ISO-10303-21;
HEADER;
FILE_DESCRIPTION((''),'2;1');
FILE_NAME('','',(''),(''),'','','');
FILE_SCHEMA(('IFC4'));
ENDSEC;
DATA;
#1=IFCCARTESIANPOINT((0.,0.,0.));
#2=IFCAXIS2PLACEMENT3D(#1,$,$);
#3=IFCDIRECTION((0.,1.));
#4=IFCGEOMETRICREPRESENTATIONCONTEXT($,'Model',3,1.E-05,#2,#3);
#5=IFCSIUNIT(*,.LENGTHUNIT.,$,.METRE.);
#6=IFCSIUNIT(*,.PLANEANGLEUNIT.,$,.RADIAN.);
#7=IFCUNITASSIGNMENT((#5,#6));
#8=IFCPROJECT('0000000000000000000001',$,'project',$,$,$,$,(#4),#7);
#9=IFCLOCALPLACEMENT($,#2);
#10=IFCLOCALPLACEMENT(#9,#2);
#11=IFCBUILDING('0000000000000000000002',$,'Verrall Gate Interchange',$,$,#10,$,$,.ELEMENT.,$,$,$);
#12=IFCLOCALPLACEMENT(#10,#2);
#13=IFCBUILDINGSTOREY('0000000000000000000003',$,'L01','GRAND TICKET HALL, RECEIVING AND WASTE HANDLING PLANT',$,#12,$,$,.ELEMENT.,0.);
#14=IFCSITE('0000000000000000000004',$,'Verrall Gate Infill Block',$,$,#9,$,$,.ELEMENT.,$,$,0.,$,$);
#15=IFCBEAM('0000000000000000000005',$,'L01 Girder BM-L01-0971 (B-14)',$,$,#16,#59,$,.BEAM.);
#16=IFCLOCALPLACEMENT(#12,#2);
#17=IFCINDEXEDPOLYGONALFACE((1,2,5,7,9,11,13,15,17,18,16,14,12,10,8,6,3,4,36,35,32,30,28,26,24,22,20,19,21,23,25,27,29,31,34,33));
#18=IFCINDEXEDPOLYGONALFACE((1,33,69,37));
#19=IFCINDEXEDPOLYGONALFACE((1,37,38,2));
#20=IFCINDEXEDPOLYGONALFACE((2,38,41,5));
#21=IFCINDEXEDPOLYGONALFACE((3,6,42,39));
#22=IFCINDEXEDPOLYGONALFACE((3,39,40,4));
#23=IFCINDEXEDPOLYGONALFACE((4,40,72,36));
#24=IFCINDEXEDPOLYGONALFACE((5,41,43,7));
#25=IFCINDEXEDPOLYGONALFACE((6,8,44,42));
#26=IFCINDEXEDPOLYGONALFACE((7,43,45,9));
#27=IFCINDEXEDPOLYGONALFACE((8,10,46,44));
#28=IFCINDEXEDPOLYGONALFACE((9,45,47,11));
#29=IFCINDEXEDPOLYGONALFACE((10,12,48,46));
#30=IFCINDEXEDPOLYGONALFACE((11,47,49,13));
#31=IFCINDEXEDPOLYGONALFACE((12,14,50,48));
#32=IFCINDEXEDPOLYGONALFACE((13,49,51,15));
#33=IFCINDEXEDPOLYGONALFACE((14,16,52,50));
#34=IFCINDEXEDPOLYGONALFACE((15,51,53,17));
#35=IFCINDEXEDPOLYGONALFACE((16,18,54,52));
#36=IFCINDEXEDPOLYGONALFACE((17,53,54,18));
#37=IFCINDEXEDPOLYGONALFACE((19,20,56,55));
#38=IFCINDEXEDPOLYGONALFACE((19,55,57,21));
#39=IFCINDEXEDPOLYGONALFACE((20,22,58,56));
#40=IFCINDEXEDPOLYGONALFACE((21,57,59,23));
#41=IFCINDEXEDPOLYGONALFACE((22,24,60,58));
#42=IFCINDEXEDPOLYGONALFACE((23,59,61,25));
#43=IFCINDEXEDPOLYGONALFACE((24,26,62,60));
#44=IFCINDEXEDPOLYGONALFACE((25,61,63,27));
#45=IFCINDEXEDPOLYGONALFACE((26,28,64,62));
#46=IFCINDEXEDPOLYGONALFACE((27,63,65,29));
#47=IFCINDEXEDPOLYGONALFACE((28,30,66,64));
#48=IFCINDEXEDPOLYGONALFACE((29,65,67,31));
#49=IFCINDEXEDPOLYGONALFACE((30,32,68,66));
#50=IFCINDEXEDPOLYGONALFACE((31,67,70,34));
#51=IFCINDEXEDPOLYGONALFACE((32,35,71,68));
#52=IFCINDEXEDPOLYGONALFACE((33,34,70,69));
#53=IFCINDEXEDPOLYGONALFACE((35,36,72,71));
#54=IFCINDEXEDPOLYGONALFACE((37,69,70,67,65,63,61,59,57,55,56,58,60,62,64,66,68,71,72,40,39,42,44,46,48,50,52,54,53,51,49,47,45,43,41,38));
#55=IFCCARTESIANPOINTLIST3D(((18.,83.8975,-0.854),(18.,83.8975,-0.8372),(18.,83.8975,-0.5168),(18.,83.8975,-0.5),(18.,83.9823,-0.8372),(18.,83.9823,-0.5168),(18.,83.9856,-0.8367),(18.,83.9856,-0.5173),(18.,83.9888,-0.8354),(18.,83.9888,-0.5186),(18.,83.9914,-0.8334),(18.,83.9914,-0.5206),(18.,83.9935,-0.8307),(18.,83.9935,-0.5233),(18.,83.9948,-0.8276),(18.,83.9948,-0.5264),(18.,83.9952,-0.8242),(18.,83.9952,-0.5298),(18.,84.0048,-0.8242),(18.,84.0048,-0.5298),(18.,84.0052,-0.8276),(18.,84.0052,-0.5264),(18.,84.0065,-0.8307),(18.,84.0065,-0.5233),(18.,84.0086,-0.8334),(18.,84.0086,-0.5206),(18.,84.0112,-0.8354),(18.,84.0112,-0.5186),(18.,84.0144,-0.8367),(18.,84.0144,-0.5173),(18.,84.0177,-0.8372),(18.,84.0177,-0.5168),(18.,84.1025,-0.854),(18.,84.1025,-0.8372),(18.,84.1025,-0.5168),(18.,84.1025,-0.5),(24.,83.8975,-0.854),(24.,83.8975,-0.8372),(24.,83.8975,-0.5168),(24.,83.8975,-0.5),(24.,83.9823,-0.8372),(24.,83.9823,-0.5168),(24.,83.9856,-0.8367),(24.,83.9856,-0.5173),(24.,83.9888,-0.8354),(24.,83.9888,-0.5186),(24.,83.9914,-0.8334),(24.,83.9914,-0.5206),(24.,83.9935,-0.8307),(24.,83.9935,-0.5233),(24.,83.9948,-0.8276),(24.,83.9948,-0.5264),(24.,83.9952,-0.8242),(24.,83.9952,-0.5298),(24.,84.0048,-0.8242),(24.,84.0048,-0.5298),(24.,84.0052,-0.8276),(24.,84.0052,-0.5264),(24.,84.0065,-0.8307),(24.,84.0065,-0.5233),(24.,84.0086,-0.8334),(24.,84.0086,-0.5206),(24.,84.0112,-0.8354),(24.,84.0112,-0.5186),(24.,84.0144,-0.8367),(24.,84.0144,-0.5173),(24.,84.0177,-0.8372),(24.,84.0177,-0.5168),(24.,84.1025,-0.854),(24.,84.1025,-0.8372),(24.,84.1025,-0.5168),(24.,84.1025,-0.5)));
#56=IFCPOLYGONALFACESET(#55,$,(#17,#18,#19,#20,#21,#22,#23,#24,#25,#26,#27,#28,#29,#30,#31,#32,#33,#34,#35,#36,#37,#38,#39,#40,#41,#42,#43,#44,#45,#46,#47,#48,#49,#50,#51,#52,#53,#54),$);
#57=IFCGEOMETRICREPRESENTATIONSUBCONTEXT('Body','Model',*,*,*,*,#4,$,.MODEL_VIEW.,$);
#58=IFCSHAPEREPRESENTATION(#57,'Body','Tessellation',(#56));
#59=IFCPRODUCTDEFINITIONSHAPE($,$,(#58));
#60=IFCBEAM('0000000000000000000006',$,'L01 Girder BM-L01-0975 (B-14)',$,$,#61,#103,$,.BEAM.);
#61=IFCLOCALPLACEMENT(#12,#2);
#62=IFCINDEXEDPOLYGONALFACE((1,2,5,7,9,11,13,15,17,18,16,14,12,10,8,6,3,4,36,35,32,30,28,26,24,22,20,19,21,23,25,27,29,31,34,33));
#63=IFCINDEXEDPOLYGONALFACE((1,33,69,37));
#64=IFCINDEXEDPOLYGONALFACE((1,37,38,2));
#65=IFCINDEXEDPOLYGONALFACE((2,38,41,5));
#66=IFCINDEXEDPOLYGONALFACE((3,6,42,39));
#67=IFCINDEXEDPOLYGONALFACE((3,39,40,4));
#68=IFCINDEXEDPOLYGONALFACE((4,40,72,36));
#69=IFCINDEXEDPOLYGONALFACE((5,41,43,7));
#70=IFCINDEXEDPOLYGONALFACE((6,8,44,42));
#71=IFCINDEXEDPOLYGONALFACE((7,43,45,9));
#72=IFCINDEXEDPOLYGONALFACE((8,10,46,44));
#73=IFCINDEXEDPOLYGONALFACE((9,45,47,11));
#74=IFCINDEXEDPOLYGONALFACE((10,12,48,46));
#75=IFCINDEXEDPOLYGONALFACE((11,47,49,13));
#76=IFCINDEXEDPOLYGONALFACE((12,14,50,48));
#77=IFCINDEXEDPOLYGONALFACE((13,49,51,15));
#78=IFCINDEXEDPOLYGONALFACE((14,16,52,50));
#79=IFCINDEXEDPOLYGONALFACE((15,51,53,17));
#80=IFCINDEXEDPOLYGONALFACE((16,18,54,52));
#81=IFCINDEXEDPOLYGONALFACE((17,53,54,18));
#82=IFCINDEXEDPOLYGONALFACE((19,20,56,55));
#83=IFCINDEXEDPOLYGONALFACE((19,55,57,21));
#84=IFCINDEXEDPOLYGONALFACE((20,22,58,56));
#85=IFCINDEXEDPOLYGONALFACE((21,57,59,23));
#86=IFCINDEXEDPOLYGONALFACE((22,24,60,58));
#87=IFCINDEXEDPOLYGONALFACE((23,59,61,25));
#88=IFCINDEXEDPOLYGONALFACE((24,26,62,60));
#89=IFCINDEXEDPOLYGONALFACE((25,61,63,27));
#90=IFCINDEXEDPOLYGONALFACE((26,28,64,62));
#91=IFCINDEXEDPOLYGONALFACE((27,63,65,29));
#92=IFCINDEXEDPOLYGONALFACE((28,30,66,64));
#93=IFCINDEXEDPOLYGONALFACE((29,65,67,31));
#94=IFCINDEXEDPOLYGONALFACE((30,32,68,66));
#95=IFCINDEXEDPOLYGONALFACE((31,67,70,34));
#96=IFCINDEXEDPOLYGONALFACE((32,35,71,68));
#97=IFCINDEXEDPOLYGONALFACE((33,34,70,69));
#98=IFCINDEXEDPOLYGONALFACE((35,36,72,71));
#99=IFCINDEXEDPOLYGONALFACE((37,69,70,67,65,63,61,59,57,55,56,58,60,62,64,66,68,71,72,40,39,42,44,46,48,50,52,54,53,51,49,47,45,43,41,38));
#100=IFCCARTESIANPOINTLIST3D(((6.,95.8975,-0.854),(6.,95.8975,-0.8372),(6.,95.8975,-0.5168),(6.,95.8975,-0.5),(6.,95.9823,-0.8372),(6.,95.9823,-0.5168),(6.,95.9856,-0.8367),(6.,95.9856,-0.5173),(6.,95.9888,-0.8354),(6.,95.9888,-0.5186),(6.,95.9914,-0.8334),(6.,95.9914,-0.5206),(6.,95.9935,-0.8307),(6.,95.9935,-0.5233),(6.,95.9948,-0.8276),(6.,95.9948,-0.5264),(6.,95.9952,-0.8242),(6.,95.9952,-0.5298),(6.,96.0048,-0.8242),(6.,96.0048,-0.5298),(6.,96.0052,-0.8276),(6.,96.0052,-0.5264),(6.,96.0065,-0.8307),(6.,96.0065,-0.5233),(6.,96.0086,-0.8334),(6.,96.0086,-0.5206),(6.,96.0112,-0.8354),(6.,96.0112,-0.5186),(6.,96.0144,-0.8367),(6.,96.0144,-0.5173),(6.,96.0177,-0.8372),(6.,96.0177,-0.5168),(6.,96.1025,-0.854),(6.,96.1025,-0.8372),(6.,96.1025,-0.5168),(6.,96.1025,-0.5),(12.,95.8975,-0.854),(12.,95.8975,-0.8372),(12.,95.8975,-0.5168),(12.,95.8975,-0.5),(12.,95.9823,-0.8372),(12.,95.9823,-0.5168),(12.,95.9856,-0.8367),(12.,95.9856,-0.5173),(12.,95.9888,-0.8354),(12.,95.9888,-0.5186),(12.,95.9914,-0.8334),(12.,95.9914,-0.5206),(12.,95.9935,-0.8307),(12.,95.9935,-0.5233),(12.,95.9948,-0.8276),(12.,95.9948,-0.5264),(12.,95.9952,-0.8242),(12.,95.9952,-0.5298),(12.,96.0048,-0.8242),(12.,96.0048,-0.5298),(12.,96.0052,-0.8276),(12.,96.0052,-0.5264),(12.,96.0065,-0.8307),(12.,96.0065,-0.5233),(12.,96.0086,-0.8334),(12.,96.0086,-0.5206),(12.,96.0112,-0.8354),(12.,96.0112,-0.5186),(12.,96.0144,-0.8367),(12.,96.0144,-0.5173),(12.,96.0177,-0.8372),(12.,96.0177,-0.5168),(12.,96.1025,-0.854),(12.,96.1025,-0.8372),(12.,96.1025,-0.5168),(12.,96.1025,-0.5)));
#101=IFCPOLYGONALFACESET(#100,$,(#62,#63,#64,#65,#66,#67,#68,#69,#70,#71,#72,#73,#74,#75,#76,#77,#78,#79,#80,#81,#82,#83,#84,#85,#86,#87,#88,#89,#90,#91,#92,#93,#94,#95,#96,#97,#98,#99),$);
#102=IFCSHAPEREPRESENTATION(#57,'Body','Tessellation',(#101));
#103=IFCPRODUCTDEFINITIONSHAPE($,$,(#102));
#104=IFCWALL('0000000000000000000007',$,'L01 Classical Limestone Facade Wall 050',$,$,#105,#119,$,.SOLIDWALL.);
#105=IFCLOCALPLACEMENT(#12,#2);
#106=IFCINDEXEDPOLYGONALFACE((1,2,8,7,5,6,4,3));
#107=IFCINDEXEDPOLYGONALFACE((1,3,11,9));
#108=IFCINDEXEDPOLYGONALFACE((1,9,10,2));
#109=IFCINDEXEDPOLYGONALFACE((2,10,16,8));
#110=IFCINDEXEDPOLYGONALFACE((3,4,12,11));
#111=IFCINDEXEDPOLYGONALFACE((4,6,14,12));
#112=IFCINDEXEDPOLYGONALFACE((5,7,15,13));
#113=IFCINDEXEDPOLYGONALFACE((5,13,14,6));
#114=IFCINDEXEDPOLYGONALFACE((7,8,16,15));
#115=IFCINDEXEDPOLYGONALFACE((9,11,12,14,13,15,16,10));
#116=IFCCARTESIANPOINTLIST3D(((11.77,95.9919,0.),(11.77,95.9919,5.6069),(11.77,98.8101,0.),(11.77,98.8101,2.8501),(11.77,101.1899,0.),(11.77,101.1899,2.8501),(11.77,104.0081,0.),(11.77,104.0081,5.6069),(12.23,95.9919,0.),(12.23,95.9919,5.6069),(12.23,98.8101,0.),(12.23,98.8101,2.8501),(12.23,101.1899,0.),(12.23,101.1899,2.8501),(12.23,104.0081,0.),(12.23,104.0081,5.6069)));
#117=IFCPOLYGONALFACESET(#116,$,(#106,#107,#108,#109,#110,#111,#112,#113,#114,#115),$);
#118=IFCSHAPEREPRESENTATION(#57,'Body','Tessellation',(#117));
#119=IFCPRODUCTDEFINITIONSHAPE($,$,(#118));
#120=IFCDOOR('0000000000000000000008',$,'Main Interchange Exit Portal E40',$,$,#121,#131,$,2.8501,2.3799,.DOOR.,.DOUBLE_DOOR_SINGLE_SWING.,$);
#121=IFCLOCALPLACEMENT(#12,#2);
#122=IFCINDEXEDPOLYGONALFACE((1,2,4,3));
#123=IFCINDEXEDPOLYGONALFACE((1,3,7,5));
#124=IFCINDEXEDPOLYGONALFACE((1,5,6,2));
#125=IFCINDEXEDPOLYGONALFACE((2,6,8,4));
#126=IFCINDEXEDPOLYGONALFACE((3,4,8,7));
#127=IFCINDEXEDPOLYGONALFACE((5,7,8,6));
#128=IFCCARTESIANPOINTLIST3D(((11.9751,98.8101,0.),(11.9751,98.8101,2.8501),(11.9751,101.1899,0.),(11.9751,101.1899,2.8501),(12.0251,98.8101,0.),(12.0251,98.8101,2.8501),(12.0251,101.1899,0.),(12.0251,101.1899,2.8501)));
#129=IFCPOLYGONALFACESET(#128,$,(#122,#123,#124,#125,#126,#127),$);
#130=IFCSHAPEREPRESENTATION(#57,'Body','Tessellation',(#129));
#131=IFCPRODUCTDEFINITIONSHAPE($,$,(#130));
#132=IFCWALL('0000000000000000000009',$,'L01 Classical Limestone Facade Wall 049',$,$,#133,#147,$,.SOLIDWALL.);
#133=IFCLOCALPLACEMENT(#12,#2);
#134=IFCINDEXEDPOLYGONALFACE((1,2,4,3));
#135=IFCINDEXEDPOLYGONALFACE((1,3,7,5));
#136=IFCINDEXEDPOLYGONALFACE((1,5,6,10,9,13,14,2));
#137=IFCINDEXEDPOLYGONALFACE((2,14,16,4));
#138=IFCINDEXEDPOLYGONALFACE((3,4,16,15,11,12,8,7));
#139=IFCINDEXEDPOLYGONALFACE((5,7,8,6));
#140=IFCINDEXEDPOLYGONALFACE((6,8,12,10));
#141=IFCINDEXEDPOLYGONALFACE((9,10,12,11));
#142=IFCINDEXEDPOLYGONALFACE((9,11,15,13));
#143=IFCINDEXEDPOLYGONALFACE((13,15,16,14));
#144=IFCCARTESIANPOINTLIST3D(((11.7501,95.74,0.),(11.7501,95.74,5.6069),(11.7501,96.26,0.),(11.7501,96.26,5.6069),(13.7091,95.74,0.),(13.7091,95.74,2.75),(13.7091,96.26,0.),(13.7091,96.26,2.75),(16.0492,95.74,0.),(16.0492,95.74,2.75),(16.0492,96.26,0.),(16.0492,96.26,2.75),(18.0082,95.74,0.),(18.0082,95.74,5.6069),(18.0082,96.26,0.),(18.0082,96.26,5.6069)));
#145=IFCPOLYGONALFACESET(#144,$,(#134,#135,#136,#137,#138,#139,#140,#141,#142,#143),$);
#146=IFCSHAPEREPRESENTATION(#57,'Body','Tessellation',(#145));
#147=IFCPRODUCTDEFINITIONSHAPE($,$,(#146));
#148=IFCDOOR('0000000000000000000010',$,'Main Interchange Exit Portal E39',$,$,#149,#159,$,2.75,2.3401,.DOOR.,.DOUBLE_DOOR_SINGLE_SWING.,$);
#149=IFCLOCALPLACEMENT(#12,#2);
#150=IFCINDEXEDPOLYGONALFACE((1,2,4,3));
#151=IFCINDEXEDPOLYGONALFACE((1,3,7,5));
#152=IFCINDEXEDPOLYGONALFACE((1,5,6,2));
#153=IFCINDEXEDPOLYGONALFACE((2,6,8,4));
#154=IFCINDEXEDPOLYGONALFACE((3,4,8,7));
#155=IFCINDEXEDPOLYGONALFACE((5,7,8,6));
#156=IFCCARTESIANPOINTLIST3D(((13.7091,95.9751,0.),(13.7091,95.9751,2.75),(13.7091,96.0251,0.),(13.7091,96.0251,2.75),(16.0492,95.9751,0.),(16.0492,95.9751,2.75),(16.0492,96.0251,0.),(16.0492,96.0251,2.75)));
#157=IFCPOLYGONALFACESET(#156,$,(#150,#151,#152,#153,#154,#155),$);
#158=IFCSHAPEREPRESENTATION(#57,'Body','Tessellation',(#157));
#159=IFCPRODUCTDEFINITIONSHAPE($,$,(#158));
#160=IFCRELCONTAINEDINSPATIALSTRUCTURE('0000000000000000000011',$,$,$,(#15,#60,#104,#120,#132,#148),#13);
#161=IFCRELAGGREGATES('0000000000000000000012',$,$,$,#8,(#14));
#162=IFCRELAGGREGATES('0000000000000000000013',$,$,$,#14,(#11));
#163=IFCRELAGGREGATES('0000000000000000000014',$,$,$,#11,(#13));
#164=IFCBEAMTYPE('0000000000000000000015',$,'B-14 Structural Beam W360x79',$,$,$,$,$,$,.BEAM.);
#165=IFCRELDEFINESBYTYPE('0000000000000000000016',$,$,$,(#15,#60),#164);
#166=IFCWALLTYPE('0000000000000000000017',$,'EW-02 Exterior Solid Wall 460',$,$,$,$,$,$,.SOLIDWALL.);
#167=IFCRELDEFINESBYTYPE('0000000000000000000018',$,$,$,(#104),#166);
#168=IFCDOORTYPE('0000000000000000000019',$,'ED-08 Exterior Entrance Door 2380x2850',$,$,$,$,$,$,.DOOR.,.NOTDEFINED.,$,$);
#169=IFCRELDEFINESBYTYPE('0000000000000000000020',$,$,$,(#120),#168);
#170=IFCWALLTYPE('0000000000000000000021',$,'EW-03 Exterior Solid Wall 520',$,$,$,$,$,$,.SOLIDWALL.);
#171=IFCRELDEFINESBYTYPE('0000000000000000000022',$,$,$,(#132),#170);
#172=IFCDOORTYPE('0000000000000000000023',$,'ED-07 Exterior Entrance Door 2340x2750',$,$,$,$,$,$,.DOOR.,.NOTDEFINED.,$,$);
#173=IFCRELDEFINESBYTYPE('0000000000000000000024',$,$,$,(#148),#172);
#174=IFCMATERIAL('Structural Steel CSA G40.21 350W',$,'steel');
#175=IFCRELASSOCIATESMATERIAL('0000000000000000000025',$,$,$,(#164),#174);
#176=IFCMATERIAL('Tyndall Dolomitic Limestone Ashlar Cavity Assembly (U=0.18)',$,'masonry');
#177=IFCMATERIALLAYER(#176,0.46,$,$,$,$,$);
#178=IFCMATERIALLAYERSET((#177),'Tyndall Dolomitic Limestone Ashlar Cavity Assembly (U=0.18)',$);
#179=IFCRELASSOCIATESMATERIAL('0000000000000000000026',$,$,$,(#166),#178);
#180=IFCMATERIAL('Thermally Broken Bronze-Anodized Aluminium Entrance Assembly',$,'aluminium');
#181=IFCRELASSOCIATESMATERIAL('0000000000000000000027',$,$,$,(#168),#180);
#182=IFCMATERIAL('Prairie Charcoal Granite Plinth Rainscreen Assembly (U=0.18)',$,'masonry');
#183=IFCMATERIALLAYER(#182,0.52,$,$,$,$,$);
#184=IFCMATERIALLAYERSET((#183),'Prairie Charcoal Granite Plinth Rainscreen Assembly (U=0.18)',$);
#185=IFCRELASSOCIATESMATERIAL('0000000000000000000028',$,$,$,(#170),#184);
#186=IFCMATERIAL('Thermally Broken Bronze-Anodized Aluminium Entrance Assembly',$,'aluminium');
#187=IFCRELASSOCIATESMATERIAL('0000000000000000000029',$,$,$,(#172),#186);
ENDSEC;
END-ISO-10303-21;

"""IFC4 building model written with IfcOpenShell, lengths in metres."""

from ifc_helpers import new_model, si_unit, direction, frame, frame_2d, origin, origin_2d, place, context, subcontext, project, spatial, rectangle, i_section, extrude, material, layer, layer_set, material_profile, profile_set, type_object, element, fill, save


model = new_model("IFC4")

# Units and contexts
model_context = context("Model", 3, precision=1e-05, world=origin(), true_north=direction((0.0, 1.0)))
body_context = subcontext(model_context, "Body", "Model", "MODEL_VIEW")
ifc_project = project(units=[si_unit("LENGTHUNIT", "METRE"), si_unit("PLANEANGLEUNIT", "RADIAN")], contexts=[model_context])

# Site, building, storey
site_placement = place(None, origin())
site = spatial("IfcSite", under=ifc_project, at=site_placement, Name="Verrall Gate Infill Block", CompositionType="ELEMENT", RefElevation=0.0)
building_placement = place(site_placement, origin())
building = spatial("IfcBuilding", under=site, at=building_placement, Name="Verrall Gate Interchange", CompositionType="ELEMENT")
storey_placement = place(building_placement, origin())
storey = spatial("IfcBuildingStorey", under=building, at=storey_placement, Name="L01", Description="GRAND TICKET HALL, RECEIVING AND WASTE HANDLING PLANT", CompositionType="ELEMENT", Elevation=0.0)

# Beams
ifc_material_1 = material(Name="Structural Steel CSA G40.21 350W", Category="steel")
ifc_material_profile_1 = material_profile(ifc_material_1, i_section(OverallWidth=0.2051, OverallDepth=0.354, WebThickness=0.0095, FlangeThickness=0.0168, FilletRadius=0.0129, at=origin_2d()), Name="W360x79")
ifc_profile_set_1 = profile_set([ifc_material_profile_1], Name="Structural Steel CSA G40.21 350W")
beam_type_1 = type_object("IfcBeamType", Name="B-14 Structural Beam W360x79", PredefinedType="BEAM", material=ifc_profile_set_1)
for number, where, z_axis, x_axis, name in (
    (1, (18.0, 84.0, -0.677), (1.0, 0.0, 0.0), (0.0, 1.0, 0.0), "L01 Girder BM-L01-0971 (B-14)"),
    (2, (6.0, 96.0, -0.677), (1.0, 0.0, 0.0), (0.0, 1.0, 0.0), "L01 Girder BM-L01-0975 (B-14)"),
):
    element("IfcBeam", number, at=place(storey_placement, frame(where, z_axis=z_axis, x_axis=x_axis)), inside=storey, type_object=beam_type_1, Name=name, PredefinedType="BEAM", context=body_context, shape_type="SweptSolid", body=[
        extrude(i_section(OverallWidth=0.2051, OverallDepth=0.354, WebThickness=0.0095, FlangeThickness=0.0168, FilletRadius=0.0129, at=origin_2d()), origin(), (0.0, 0.0, 1.0), 6.0),
    ])

# Walls, openings, doors
ifc_material_2 = material(Name="Tyndall Dolomitic Limestone Ashlar Cavity Assembly (U=0.18)", Category="masonry")
ifc_layer_1 = layer(ifc_material_2, 0.46)
ifc_layer_set_1 = layer_set([ifc_layer_1], Name="Tyndall Dolomitic Limestone Ashlar Cavity Assembly (U=0.18)")
wall_type_1 = type_object("IfcWallType", Name="EW-02 Exterior Solid Wall 460", PredefinedType="SOLIDWALL", material=ifc_layer_set_1)
wall_1_placement = place(storey_placement, frame((12.0, 95.9919, 0.0), z_axis=(0.0, 0.0, 1.0), x_axis=(0.0, 1.0, 0.0)))
wall_1 = element("IfcWall", 3, at=wall_1_placement, inside=storey, type_object=wall_type_1, Name="L01 Classical Limestone Facade Wall 050", PredefinedType="SOLIDWALL", context=body_context, shape_type="SweptSolid", body=[
    extrude(rectangle(XDim=8.0161, YDim=0.46, at=frame_2d((4.0081, 0.0))), origin(), (0.0, 0.0, 1.0), 5.6069),
])
opening_1_placement = place(wall_1_placement, frame((2.8181, 0.0, 0.0)))
opening_1 = element("IfcOpeningElement", 4, at=opening_1_placement, cuts=wall_1, PredefinedType="OPENING", context=body_context, shape_type="SweptSolid", body=[
    extrude(rectangle(XDim=2.3799, YDim=2.8501, at=frame_2d((1.1899, 1.425))), frame((0.0, 0.2449, 0.0), z_axis=(0.0, -1.0, 0.0), x_axis=(1.0, 0.0, 0.0)), (0.0, 0.0, 1.0), 0.4897),
])
ifc_material_3 = material(Name="Thermally Broken Bronze-Anodized Aluminium Entrance Assembly", Category="aluminium")
door_type_1 = type_object("IfcDoorType", Name="ED-08 Exterior Entrance Door 2380x2850", OperationType="NOTDEFINED", PredefinedType="DOOR", material=ifc_material_3)
door_1_placement = place(opening_1_placement, origin())
door_1 = element("IfcDoor", 5, at=door_1_placement, inside=storey, type_object=door_type_1, Name="Main Interchange Exit Portal E40", OperationType="DOUBLE_DOOR_SINGLE_SWING", OverallHeight=2.8501, OverallWidth=2.3799, PredefinedType="DOOR", context=body_context, shape_type="SweptSolid", body=[
    extrude(rectangle(XDim=2.3799, YDim=2.8501, at=frame_2d((1.1899, 1.425))), frame((0.0, 0.0249, 0.0), z_axis=(0.0, -1.0, 0.0), x_axis=(1.0, 0.0, 0.0)), (0.0, 0.0, 1.0), 0.05),
])
fill(opening_1, door_1)
ifc_material_4 = material(Name="Prairie Charcoal Granite Plinth Rainscreen Assembly (U=0.18)", Category="masonry")
ifc_layer_2 = layer(ifc_material_4, 0.52)
ifc_layer_set_2 = layer_set([ifc_layer_2], Name="Prairie Charcoal Granite Plinth Rainscreen Assembly (U=0.18)")
wall_type_2 = type_object("IfcWallType", Name="EW-03 Exterior Solid Wall 520", PredefinedType="SOLIDWALL", material=ifc_layer_set_2)
wall_2_placement = place(storey_placement, frame((18.0081, 96.0, 0.0), z_axis=(0.0, 0.0, 1.0), x_axis=(-1.0, 0.0, 0.0)))
wall_2 = element("IfcWall", 6, at=wall_2_placement, inside=storey, type_object=wall_type_2, Name="L01 Classical Limestone Facade Wall 049", PredefinedType="SOLIDWALL", context=body_context, shape_type="SweptSolid", body=[
    extrude(rectangle(XDim=6.2581, YDim=0.52, at=frame_2d((3.1289, 0.0))), origin(), (0.0, 0.0, 1.0), 5.6069),
])
opening_2_placement = place(wall_2_placement, frame((1.959, 0.0, 0.0)))
opening_2 = element("IfcOpeningElement", 7, at=opening_2_placement, cuts=wall_2, PredefinedType="OPENING", context=body_context, shape_type="SweptSolid", body=[
    extrude(rectangle(XDim=2.3401, YDim=2.75, at=frame_2d((1.1699, 1.375))), frame((0.0, 0.2749, 0.0), z_axis=(0.0, -1.0, 0.0), x_axis=(1.0, 0.0, 0.0)), (0.0, 0.0, 1.0), 0.5498),
])
ifc_material_5 = material(Name="Thermally Broken Bronze-Anodized Aluminium Entrance Assembly", Category="aluminium")
door_type_2 = type_object("IfcDoorType", Name="ED-07 Exterior Entrance Door 2340x2750", OperationType="NOTDEFINED", PredefinedType="DOOR", material=ifc_material_5)
door_2_placement = place(opening_2_placement, origin())
door_2 = element("IfcDoor", 8, at=door_2_placement, inside=storey, type_object=door_type_2, Name="Main Interchange Exit Portal E39", OperationType="DOUBLE_DOOR_SINGLE_SWING", OverallHeight=2.75, OverallWidth=2.3401, PredefinedType="DOOR", context=body_context, shape_type="SweptSolid", body=[
    extrude(rectangle(XDim=2.3401, YDim=2.75, at=frame_2d((1.1699, 1.375))), frame((0.0, 0.0249, 0.0), z_axis=(0.0, -1.0, 0.0), x_axis=(1.0, 0.0, 0.0)), (0.0, 0.0, 1.0), 0.05),
])
fill(opening_2, door_2)

save(model, "model.ifc")
